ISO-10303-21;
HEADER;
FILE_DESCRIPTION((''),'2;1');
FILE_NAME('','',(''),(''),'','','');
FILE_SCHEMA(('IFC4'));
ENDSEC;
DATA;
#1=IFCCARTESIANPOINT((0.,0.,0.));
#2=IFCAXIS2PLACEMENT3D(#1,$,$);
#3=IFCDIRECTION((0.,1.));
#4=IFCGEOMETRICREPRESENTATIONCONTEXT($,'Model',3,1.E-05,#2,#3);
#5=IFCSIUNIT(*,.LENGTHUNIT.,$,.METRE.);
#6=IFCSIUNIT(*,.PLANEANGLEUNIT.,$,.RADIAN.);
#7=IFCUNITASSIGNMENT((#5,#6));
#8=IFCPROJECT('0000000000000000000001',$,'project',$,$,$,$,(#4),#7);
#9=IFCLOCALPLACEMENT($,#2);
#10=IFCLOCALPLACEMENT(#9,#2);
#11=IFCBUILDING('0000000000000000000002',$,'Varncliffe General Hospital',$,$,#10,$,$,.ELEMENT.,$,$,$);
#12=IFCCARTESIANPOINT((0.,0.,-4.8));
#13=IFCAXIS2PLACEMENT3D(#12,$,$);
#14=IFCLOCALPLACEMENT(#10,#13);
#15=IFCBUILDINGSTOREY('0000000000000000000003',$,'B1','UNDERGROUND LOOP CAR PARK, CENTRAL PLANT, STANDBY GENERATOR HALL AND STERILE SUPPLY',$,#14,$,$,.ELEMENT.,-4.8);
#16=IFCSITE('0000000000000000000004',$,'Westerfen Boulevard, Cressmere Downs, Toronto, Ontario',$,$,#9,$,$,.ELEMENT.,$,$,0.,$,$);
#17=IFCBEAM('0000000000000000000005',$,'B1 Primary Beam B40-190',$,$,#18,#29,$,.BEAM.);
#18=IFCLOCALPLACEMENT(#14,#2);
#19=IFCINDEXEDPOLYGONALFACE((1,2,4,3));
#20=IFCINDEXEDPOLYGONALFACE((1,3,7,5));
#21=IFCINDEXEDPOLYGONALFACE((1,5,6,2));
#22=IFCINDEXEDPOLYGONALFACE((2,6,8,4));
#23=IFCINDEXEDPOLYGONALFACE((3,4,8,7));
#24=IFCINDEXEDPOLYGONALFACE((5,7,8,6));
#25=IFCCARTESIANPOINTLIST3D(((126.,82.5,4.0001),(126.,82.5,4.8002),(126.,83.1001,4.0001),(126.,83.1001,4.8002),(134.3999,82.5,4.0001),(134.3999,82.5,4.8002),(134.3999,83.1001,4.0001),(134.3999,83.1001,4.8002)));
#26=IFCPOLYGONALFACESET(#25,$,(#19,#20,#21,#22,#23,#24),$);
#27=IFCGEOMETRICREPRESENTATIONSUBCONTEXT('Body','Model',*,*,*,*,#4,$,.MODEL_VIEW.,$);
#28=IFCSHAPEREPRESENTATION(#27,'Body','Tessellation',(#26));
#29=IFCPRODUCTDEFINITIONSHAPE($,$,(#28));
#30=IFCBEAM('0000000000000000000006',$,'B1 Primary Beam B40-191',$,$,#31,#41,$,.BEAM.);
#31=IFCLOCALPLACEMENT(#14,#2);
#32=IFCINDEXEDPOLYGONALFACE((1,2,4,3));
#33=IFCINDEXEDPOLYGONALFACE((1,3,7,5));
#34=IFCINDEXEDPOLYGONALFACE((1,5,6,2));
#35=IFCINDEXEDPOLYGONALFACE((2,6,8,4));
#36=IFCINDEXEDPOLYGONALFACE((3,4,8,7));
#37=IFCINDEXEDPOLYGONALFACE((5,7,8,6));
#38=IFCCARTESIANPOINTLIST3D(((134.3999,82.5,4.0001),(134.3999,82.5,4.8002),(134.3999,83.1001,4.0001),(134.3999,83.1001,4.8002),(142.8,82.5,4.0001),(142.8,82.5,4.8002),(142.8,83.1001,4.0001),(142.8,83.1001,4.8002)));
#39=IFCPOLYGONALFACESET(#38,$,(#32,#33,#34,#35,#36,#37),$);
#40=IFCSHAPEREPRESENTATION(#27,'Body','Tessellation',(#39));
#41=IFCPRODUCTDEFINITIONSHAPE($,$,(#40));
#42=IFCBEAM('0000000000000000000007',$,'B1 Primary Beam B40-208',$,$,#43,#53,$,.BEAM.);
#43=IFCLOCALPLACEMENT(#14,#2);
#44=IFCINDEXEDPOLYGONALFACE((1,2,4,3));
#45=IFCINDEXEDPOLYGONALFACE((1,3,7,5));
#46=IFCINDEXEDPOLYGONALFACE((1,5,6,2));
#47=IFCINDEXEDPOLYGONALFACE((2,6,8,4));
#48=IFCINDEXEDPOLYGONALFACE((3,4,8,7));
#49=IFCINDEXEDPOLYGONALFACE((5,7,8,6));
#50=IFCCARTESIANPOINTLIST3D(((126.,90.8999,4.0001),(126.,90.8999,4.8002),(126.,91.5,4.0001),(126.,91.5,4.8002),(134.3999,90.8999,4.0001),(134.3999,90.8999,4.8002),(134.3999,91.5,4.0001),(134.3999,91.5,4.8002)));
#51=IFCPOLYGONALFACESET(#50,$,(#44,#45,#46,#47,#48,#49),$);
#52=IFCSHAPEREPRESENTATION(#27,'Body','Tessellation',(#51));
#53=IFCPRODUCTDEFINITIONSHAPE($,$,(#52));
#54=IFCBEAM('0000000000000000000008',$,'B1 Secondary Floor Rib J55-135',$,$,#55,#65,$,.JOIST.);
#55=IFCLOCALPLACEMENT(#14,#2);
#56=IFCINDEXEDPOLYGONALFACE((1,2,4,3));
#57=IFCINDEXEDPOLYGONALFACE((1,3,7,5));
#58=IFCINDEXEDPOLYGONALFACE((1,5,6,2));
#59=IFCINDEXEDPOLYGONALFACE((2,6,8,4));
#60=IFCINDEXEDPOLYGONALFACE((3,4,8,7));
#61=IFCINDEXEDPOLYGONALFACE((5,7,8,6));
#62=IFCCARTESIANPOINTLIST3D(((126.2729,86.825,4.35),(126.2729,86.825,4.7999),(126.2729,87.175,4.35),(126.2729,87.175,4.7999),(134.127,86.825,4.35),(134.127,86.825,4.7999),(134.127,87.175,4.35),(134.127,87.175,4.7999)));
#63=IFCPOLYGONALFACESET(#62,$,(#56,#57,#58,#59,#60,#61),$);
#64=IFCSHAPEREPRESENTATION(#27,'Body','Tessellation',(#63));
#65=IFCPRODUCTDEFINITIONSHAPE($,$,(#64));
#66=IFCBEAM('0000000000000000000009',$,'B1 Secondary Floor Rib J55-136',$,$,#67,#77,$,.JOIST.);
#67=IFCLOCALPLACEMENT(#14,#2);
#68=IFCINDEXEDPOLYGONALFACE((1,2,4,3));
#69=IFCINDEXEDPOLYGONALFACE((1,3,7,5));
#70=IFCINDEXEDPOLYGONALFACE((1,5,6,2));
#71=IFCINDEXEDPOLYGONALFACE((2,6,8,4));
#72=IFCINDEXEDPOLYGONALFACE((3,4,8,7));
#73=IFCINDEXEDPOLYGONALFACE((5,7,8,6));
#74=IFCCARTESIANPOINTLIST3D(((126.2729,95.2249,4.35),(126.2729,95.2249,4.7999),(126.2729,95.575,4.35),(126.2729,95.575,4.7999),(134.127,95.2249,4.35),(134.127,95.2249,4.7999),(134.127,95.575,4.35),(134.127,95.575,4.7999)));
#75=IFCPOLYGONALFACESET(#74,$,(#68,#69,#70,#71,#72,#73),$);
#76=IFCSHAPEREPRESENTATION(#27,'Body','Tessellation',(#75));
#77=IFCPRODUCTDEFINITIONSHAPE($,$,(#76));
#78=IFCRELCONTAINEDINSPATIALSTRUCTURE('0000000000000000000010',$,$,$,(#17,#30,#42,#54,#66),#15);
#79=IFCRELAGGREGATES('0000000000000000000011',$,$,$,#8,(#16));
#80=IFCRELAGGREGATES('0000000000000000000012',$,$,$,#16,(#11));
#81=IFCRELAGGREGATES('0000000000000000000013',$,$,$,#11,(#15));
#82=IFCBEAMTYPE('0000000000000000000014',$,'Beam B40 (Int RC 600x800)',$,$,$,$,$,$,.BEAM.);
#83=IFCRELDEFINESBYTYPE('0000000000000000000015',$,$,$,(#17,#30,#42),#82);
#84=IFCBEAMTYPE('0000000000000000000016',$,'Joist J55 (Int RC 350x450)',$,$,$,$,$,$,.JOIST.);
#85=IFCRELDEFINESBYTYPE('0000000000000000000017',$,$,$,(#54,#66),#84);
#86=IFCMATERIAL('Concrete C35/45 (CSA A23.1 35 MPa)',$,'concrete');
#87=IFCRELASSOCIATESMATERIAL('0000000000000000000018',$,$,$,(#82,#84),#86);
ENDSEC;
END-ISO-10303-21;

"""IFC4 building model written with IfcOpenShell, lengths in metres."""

from ifc_helpers import new_model, si_unit, direction, frame, origin, origin_2d, place, context, subcontext, project, spatial, rectangle, extrude, material, material_profile, profile_set, type_object, element, save


model = new_model("IFC4")

# Units and contexts
model_context = context("Model", 3, precision=1e-05, world=origin(), true_north=direction((0.0, 1.0)))
body_context = subcontext(model_context, "Body", "Model", "MODEL_VIEW")
ifc_project = project(units=[si_unit("LENGTHUNIT", "METRE"), si_unit("PLANEANGLEUNIT", "RADIAN")], contexts=[model_context])

# Site, building, storey
site_placement = place(None, origin())
site = spatial("IfcSite", under=ifc_project, at=site_placement, Name="Westerfen Boulevard, Cressmere Downs, Toronto, Ontario", CompositionType="ELEMENT", RefElevation=0.0)
building_placement = place(site_placement, origin())
building = spatial("IfcBuilding", under=site, at=building_placement, Name="Varncliffe General Hospital", CompositionType="ELEMENT")
storey_placement = place(building_placement, frame((0.0, 0.0, -4.8)))
storey = spatial("IfcBuildingStorey", under=building, at=storey_placement, Name="B1", Description="UNDERGROUND LOOP CAR PARK, CENTRAL PLANT, STANDBY GENERATOR HALL AND STERILE SUPPLY", CompositionType="ELEMENT", Elevation=-4.8)

# Beams
ifc_material_1 = material(Name="Concrete C35/45 (CSA A23.1 35 MPa)", Category="concrete")
ifc_material_profile_1 = material_profile(ifc_material_1, rectangle(XDim=0.6001, YDim=0.8, at=origin_2d()), Name="RC 600x800")
ifc_profile_set_1 = profile_set([ifc_material_profile_1], Name="Concrete C35/45 (CSA A23.1 35 MPa)")
beam_type_1 = type_object("IfcBeamType", Name="Beam B40 (Int RC 600x800)", PredefinedType="BEAM", material=ifc_profile_set_1)
beam_1_placement = place(storey_placement, frame((126.0, 82.8, 4.4001), z_axis=(1.0, 0.0, 0.0), x_axis=(0.0, 1.0, 0.0)))
element("IfcBeam", 1, at=beam_1_placement, inside=storey, type_object=beam_type_1, Name="B1 Primary Beam B40-190", PredefinedType="BEAM", context=body_context, shape_type="SweptSolid", body=[
    extrude(rectangle(XDim=0.6001, YDim=0.8, at=origin_2d()), origin(), (0.0, 0.0, 1.0), 8.3999),
])
beam_2_placement = place(storey_placement, frame((134.3999, 82.8, 4.4001), z_axis=(1.0, 0.0, 0.0), x_axis=(0.0, 1.0, 0.0)))
element("IfcBeam", 2, at=beam_2_placement, inside=storey, type_object=beam_type_1, Name="B1 Primary Beam B40-191", PredefinedType="BEAM", context=body_context, shape_type="SweptSolid", body=[
    extrude(rectangle(XDim=0.6001, YDim=0.8, at=origin_2d()), origin(), (0.0, 0.0, 1.0), 8.4001),
])
beam_3_placement = place(storey_placement, frame((126.0, 91.2, 4.4001), z_axis=(1.0, 0.0, 0.0), x_axis=(0.0, 1.0, 0.0)))
element("IfcBeam", 3, at=beam_3_placement, inside=storey, type_object=beam_type_1, Name="B1 Primary Beam B40-208", PredefinedType="BEAM", context=body_context, shape_type="SweptSolid", body=[
    extrude(rectangle(XDim=0.6001, YDim=0.8, at=origin_2d()), origin(), (0.0, 0.0, 1.0), 8.3999),
])
ifc_material_profile_2 = material_profile(ifc_material_1, rectangle(XDim=0.3501, YDim=0.45, at=origin_2d()), Name="RC 350x450")
ifc_profile_set_2 = profile_set([ifc_material_profile_2], Name="Concrete C35/45 (CSA A23.1 35 MPa)")
beam_type_2 = type_object("IfcBeamType", Name="Joist J55 (Int RC 350x450)", PredefinedType="JOIST", material=ifc_profile_set_2)
for number, where, z_axis, x_axis, name in (
    (4, (126.2729, 87.0, 4.575), (1.0, 0.0, 0.0), (0.0, 1.0, 0.0), "B1 Secondary Floor Rib J55-135"),
    (5, (126.2729, 95.3999, 4.575), (1.0, 0.0, 0.0), (0.0, 1.0, 0.0), "B1 Secondary Floor Rib J55-136"),
):
    element("IfcBeam", number, at=place(storey_placement, frame(where, z_axis=z_axis, x_axis=x_axis)), inside=storey, type_object=beam_type_2, Name=name, PredefinedType="JOIST", context=body_context, shape_type="SweptSolid", body=[
        extrude(rectangle(XDim=0.3501, YDim=0.45, at=origin_2d()), origin(), (0.0, 0.0, 1.0), 7.854),
    ])

save(model, "model.ifc")
